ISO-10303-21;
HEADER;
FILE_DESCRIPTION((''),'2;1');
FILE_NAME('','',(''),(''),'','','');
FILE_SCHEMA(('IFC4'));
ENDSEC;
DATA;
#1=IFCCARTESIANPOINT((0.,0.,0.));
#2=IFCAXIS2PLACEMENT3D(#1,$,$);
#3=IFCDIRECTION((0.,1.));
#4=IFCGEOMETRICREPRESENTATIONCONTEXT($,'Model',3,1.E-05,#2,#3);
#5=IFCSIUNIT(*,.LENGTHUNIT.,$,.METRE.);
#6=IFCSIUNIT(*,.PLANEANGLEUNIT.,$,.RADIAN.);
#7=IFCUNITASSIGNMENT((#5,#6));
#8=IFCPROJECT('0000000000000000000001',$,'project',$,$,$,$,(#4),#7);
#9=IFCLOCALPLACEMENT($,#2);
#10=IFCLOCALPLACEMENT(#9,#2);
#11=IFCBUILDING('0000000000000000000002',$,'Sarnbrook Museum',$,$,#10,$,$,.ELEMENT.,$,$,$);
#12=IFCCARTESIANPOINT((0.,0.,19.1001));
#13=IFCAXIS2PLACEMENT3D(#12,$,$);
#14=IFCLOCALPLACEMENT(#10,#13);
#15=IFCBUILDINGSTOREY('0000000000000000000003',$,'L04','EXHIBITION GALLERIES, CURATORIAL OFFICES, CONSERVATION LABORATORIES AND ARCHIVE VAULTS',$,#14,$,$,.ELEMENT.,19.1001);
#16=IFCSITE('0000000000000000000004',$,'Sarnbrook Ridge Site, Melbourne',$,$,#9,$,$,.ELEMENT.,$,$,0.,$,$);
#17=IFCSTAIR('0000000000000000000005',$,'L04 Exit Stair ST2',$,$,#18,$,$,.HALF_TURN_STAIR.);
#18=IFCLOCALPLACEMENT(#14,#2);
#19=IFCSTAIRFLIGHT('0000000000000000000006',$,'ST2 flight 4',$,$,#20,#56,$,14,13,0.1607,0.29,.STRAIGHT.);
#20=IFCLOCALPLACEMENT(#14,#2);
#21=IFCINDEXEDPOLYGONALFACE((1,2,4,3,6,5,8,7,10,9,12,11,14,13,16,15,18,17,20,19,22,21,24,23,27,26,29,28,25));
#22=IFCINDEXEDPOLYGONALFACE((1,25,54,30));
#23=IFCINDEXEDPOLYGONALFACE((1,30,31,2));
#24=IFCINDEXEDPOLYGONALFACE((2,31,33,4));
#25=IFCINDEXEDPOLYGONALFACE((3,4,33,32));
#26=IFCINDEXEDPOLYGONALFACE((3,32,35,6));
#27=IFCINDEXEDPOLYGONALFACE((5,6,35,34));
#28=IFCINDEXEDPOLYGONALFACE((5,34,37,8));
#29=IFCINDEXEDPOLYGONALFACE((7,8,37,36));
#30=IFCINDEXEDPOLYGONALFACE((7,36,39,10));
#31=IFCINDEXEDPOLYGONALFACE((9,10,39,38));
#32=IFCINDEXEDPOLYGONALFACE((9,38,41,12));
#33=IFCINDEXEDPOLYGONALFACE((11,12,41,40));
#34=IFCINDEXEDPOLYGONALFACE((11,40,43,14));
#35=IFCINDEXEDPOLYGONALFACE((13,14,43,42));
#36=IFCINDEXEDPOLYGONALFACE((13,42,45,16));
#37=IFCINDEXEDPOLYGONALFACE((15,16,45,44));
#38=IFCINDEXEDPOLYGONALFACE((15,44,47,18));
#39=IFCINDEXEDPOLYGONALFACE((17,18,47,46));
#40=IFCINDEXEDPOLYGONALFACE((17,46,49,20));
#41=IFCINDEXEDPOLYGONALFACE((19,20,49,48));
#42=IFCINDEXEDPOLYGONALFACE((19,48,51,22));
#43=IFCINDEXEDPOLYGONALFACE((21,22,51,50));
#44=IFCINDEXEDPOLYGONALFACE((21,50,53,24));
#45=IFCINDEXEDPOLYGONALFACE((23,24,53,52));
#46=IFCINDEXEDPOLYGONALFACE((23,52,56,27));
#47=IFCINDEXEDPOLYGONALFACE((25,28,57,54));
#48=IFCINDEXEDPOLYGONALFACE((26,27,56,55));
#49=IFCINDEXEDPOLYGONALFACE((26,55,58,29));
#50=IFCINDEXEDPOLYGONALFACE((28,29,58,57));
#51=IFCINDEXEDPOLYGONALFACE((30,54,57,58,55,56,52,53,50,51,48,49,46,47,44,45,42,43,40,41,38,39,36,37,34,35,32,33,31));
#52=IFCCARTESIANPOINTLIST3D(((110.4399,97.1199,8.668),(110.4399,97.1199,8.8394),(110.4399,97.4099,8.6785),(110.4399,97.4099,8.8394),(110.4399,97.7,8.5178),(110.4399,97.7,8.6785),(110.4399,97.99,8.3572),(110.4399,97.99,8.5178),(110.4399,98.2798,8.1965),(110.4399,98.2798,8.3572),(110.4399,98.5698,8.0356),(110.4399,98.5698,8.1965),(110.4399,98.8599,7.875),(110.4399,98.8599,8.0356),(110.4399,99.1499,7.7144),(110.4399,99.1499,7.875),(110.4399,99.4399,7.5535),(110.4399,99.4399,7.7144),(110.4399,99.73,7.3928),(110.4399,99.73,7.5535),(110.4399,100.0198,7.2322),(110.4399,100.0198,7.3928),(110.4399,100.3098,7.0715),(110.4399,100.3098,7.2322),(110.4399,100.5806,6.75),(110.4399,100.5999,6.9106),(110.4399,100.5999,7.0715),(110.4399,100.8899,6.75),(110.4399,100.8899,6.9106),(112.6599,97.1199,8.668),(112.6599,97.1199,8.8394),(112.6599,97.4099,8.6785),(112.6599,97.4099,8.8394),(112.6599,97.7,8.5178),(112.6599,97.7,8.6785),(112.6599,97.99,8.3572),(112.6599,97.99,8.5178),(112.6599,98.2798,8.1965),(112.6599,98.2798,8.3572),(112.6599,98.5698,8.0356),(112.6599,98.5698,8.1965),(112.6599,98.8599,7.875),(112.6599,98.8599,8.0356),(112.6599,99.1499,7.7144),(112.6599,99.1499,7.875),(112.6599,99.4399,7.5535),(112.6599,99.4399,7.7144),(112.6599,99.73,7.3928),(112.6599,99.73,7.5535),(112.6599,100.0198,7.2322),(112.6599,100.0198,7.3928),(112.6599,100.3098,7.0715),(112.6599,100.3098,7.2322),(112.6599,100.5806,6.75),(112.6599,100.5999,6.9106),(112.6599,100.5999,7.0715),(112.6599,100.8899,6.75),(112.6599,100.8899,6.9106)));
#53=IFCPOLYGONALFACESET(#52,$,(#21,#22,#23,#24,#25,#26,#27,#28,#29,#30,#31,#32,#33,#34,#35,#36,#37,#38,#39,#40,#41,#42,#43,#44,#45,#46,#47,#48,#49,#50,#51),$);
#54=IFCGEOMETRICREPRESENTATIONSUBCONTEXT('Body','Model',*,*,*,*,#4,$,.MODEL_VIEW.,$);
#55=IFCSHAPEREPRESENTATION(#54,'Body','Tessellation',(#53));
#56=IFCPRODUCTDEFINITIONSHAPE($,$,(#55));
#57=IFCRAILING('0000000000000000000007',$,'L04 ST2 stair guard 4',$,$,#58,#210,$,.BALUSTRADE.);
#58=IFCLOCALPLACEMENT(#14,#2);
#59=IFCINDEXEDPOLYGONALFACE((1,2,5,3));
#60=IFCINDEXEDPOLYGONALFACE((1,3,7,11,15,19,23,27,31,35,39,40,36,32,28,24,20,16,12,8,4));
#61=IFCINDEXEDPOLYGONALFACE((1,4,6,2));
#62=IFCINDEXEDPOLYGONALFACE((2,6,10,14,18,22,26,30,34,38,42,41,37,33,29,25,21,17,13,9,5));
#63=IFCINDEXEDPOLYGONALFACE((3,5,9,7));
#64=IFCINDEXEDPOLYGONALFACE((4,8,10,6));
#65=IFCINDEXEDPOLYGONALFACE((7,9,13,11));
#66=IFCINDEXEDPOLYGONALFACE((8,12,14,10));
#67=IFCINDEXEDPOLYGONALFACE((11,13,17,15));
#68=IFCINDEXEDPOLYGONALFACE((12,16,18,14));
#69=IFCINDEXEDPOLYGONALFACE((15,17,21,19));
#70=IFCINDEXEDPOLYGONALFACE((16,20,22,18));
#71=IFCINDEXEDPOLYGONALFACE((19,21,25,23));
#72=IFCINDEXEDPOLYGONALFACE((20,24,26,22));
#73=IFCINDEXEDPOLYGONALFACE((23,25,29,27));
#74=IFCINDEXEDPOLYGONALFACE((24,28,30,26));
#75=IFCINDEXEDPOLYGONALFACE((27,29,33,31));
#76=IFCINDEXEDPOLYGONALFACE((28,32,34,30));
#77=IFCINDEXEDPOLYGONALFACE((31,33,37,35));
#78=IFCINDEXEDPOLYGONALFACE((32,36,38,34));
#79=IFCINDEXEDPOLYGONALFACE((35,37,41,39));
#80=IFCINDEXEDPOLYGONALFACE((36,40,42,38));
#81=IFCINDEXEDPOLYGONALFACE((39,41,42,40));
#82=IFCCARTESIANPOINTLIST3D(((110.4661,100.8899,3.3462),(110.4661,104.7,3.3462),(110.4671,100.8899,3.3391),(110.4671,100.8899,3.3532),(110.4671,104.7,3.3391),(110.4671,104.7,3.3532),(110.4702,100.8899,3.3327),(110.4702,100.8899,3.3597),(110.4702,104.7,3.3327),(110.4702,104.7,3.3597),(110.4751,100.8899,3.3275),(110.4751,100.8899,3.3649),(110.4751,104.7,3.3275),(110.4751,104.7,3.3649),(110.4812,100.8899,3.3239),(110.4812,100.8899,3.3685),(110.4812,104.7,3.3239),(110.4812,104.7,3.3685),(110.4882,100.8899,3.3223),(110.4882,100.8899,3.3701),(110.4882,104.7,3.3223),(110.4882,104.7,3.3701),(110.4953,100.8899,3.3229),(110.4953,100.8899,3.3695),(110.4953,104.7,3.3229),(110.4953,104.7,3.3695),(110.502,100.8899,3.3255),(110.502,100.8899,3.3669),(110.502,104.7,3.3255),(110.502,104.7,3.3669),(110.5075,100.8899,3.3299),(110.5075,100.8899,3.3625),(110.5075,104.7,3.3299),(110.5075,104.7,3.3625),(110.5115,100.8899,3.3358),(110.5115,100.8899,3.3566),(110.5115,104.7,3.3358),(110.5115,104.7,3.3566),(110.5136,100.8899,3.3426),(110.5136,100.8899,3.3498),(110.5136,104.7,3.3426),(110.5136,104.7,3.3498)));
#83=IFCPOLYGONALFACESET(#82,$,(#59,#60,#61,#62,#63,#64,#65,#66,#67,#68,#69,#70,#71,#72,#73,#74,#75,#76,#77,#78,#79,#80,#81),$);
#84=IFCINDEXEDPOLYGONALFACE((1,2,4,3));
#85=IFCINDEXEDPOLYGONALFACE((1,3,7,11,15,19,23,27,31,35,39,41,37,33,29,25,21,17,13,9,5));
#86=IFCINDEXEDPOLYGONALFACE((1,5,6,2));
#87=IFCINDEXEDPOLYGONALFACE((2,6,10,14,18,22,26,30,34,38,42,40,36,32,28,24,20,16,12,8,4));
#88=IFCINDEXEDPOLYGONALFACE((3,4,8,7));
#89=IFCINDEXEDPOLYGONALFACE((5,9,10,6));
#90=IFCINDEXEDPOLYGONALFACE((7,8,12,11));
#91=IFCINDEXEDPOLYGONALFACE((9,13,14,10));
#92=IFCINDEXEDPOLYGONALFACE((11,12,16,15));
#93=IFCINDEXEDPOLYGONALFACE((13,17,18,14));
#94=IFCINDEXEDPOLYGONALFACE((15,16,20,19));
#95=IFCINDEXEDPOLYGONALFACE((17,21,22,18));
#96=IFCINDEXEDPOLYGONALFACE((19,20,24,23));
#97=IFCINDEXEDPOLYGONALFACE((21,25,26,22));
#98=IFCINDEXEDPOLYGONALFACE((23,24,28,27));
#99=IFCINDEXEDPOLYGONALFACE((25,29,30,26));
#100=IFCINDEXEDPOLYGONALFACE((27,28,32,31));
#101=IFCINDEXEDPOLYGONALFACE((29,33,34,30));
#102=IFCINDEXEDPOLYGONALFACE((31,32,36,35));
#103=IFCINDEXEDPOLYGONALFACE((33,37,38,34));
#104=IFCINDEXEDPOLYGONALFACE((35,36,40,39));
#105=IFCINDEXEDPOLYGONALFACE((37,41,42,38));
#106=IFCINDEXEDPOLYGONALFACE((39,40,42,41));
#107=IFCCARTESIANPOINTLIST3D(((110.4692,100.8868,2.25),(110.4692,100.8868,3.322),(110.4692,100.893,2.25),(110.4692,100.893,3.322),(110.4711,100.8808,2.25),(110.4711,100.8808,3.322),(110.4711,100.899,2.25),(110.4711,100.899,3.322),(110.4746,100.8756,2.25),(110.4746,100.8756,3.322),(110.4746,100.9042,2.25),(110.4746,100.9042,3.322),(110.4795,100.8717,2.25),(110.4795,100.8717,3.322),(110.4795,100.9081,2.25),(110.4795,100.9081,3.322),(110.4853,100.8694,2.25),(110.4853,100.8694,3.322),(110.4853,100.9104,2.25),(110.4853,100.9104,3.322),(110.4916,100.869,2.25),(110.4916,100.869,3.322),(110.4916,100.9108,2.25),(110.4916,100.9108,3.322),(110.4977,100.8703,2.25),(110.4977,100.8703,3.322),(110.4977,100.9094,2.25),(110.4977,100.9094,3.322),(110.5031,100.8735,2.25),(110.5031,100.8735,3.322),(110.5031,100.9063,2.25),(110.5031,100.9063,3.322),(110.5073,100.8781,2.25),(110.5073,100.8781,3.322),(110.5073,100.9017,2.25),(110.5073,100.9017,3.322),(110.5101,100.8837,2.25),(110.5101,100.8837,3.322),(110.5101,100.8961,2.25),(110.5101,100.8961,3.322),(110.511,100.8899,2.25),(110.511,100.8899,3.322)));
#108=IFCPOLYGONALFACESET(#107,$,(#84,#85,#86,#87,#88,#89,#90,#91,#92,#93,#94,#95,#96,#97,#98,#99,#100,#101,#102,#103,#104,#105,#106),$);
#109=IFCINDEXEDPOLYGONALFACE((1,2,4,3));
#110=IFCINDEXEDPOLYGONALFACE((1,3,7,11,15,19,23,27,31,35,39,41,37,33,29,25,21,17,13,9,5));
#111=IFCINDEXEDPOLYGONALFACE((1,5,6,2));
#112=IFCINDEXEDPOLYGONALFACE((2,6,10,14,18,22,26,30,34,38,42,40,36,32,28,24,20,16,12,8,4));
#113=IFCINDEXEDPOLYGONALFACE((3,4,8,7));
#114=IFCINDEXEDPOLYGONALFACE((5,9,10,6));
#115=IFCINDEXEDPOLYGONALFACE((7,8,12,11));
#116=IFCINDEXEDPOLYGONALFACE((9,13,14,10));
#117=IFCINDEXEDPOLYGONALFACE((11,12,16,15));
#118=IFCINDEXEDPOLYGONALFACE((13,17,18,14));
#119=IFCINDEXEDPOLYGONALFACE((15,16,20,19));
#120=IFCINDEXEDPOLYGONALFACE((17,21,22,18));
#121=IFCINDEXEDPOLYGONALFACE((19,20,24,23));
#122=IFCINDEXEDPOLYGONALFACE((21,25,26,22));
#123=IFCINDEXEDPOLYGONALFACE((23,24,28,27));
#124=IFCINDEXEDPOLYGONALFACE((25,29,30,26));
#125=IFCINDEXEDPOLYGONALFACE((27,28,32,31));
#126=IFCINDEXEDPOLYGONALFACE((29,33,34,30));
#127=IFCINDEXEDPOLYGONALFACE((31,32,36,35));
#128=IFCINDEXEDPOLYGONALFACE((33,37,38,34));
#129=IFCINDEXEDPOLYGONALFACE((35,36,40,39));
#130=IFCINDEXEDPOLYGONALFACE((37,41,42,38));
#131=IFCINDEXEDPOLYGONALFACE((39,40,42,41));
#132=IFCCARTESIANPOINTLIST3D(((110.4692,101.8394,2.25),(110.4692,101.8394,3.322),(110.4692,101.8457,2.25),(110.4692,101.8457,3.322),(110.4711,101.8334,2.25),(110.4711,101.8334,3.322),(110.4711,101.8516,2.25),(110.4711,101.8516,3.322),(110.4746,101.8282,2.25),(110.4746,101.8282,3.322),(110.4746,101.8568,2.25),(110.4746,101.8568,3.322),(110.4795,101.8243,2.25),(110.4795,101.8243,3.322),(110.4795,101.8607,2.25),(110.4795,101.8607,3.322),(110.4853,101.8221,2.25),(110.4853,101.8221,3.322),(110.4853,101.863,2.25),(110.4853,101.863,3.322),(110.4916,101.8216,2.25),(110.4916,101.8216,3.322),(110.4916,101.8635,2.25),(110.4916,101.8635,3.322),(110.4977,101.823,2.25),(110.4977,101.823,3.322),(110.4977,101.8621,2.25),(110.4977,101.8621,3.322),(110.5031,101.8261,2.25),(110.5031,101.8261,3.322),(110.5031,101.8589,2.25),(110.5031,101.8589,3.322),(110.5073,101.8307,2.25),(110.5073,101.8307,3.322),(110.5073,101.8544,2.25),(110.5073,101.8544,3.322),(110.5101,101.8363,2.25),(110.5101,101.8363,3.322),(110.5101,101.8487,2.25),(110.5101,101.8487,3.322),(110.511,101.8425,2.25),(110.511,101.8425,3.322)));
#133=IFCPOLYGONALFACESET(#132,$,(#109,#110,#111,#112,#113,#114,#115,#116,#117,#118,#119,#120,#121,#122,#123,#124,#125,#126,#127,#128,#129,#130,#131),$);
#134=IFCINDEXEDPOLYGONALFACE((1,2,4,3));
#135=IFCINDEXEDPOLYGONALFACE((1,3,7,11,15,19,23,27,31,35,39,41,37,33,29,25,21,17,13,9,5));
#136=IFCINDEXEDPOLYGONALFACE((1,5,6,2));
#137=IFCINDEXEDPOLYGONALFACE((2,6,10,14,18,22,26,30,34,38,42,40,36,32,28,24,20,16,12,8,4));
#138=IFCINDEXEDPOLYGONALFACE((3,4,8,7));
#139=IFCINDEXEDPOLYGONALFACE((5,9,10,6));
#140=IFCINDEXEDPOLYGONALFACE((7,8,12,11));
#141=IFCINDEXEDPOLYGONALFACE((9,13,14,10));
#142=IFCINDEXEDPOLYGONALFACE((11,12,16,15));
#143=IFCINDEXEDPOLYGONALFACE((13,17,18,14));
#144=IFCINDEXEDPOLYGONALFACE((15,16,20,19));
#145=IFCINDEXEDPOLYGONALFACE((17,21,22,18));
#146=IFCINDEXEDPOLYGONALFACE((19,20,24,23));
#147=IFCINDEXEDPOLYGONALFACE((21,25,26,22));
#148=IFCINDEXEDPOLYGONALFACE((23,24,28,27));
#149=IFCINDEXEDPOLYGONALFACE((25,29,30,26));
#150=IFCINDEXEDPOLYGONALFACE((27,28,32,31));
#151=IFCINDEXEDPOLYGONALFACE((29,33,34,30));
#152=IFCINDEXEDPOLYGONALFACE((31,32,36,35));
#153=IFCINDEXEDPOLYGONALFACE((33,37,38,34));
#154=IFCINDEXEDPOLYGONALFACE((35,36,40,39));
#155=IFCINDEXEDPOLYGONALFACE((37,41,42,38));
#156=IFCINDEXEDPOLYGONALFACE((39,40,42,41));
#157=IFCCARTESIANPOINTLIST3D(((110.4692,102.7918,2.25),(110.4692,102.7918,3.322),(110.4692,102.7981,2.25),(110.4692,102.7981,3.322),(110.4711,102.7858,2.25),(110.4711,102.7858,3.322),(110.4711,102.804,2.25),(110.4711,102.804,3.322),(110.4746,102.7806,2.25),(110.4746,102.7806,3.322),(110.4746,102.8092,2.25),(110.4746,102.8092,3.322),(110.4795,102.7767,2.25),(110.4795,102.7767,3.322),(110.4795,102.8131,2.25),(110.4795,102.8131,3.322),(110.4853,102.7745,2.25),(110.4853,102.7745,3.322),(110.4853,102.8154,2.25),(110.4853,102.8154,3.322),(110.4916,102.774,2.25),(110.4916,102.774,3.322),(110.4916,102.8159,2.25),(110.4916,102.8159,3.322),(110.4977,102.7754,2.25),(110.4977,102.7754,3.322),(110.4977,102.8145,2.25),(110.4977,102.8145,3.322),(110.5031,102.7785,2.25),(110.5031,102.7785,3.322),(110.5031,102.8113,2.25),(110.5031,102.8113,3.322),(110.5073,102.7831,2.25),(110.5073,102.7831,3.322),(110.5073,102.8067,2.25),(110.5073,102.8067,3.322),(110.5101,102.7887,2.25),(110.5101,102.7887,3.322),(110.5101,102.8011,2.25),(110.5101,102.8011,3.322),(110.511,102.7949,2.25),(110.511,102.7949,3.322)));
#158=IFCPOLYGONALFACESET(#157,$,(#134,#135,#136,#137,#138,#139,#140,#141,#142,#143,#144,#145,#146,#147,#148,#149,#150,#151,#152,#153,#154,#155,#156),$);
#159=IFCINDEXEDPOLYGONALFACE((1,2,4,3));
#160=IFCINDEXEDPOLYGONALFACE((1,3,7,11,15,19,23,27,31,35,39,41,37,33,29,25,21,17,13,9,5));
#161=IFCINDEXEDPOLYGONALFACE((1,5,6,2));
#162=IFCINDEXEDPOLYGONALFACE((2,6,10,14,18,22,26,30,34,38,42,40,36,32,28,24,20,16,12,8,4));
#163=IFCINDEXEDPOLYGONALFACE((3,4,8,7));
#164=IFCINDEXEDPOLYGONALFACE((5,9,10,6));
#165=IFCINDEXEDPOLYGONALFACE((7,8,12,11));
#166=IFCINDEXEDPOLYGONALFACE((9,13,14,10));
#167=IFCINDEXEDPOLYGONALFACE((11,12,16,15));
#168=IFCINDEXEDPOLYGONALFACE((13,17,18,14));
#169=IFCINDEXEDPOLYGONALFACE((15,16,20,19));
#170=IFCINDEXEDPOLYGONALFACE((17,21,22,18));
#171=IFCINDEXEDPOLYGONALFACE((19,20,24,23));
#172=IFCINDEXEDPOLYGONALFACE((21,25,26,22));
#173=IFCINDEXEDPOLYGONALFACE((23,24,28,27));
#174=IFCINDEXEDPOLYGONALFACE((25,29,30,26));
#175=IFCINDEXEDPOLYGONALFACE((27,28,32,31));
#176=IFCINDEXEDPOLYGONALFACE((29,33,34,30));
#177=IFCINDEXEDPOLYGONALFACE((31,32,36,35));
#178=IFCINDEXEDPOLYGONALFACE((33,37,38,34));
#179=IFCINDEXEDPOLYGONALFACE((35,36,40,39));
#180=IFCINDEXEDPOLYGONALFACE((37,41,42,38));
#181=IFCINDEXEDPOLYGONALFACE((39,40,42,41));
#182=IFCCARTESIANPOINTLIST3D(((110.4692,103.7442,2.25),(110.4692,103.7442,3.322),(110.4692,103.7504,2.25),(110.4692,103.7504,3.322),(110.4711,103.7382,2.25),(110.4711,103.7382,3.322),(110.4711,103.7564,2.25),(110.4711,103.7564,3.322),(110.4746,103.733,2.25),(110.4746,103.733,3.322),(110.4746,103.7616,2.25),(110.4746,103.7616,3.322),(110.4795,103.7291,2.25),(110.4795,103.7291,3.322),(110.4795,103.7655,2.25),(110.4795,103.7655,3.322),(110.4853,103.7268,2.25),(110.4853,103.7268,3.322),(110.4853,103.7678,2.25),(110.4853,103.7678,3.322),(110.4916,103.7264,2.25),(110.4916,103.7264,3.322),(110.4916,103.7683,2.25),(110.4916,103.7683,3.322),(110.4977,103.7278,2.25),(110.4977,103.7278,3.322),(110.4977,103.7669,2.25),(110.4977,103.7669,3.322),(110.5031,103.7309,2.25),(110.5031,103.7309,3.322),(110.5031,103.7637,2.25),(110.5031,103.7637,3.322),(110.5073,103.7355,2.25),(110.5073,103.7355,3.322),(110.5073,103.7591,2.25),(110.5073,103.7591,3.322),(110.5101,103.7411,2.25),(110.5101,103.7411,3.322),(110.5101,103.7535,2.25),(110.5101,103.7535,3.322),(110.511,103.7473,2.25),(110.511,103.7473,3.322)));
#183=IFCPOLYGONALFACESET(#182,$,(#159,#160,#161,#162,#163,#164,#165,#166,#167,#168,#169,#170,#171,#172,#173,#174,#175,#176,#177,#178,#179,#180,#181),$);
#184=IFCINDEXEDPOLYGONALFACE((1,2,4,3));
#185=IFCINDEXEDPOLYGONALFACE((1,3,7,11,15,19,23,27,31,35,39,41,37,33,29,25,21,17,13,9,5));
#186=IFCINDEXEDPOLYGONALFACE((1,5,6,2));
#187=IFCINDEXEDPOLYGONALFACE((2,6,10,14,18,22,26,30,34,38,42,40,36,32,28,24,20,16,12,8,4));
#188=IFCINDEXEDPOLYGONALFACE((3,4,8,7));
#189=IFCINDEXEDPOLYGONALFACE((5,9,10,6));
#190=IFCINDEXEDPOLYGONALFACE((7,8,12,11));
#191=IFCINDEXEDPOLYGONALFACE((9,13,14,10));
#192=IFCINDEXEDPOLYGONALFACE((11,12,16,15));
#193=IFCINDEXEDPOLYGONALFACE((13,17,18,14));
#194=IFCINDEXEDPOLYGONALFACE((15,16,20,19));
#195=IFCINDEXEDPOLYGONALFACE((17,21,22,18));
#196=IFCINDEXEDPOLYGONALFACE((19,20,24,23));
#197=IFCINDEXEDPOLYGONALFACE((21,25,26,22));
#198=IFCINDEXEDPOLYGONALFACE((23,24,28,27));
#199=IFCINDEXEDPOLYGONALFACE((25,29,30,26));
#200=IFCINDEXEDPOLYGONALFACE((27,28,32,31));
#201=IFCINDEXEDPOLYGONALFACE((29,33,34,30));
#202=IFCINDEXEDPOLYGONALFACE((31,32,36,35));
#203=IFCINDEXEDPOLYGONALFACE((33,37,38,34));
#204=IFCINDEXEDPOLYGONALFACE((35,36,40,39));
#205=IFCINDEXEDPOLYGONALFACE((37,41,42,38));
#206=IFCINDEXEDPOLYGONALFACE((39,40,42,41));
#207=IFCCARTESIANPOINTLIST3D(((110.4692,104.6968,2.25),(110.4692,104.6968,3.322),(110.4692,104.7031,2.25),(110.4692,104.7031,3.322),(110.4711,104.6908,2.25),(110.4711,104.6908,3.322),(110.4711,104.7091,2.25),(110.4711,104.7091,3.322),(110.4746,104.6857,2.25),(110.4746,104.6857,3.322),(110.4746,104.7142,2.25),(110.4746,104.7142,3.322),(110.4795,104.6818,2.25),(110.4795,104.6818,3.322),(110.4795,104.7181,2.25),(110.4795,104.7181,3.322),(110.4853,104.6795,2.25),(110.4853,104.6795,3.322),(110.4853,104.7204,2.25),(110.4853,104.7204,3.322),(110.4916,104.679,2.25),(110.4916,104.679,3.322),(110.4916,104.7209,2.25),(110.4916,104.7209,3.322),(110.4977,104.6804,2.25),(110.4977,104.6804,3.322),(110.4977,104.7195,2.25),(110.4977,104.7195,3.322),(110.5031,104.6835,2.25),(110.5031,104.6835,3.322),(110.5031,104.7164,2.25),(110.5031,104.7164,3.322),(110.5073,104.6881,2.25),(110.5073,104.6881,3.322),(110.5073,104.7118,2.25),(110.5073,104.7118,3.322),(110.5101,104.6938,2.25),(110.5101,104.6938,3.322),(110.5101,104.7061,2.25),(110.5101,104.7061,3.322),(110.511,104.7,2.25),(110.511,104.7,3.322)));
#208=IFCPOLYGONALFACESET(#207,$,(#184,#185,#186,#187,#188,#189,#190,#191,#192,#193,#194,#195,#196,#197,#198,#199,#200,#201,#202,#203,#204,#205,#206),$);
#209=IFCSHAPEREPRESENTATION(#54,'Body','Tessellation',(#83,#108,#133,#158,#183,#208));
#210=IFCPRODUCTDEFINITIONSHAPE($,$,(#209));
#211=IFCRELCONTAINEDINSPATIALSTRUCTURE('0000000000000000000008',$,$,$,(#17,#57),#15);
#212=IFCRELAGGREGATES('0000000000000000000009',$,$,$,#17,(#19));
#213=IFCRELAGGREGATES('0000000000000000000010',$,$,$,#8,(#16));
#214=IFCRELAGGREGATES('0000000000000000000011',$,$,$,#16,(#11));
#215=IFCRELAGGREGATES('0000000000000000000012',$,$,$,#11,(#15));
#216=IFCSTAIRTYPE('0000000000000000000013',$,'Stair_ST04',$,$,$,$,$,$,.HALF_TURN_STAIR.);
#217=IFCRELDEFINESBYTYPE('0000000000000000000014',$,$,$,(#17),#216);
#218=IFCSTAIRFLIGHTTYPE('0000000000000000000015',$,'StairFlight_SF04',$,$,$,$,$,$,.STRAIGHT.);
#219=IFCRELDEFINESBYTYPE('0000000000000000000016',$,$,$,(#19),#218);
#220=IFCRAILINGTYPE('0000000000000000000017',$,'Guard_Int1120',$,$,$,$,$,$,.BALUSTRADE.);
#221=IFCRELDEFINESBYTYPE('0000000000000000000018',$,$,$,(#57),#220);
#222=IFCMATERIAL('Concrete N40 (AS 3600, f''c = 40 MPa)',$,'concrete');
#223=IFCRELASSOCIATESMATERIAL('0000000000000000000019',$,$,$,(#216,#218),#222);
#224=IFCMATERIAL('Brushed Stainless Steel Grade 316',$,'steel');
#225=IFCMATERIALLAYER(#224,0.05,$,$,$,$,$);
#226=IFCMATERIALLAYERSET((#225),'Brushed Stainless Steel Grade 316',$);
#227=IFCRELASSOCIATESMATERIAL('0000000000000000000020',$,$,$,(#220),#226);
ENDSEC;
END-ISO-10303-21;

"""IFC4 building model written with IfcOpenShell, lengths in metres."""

from ifc_helpers import new_model, si_unit, direction, frame, origin, origin_2d, place, context, subcontext, project, spatial, polyline, circle, outline, extrude, material, layer, layer_set, type_object, element, aggregate, save


model = new_model("IFC4")

# Units and contexts
model_context = context("Model", 3, precision=1e-05, world=origin(), true_north=direction((0.0, 1.0)))
body_context = subcontext(model_context, "Body", "Model", "MODEL_VIEW")
ifc_project = project(units=[si_unit("LENGTHUNIT", "METRE"), si_unit("PLANEANGLEUNIT", "RADIAN")], contexts=[model_context])

# Site, building, storey
site_placement = place(None, origin())
site = spatial("IfcSite", under=ifc_project, at=site_placement, Name="Sarnbrook Ridge Site, Melbourne", CompositionType="ELEMENT", RefElevation=0.0)
building_placement = place(site_placement, origin())
building = spatial("IfcBuilding", under=site, at=building_placement, Name="Sarnbrook Museum", CompositionType="ELEMENT")
storey_placement = place(building_placement, frame((0.0, 0.0, 19.1001)))
storey = spatial("IfcBuildingStorey", under=building, at=storey_placement, Name="L04", Description="EXHIBITION GALLERIES, CURATORIAL OFFICES, CONSERVATION LABORATORIES AND ARCHIVE VAULTS", CompositionType="ELEMENT", Elevation=19.1001)

# Stair, stair flight
ifc_material_1 = material(Name="Concrete N40 (AS 3600, f'c = 40 MPa)", Category="concrete")
stair_type = type_object("IfcStairType", Name="Stair_ST04", PredefinedType="HALF_TURN_STAIR", material=ifc_material_1)
stair_placement = place(storey_placement, origin())
stair = element("IfcStair", 1, at=stair_placement, inside=storey, type_object=stair_type, Name="L04 Exit Stair ST2", PredefinedType="HALF_TURN_STAIR")
stair_flight_type = type_object("IfcStairFlightType", Name="StairFlight_SF04", PredefinedType="STRAIGHT", material=ifc_material_1)
stair_flight_1_placement = place(storey_placement, frame((111.55, 100.8899, 6.75), z_axis=(0.0, 0.0, 1.0), x_axis=(0.0, -1.0, 0.0)))
stair_flight_1 = element("IfcStairFlight", 2, at=stair_flight_1_placement, type_object=stair_flight_type, Name="ST2 flight 4", NumberOfRisers=14, NumberOfTreads=13, PredefinedType="STRAIGHT", RiserHeight=0.1607, TreadLength=0.29, context=body_context, shape_type="SweptSolid", body=[
    extrude(outline(polyline([(0.0, 0.0), (0.0, 0.1606), (0.29, 0.1606), (0.29, 0.3215), (0.5801, 0.3215), (0.5801, 0.4822), (0.8701, 0.4822), (0.8701, 0.6428), (1.1599, 0.6428), (1.1599, 0.8035), (1.45, 0.8035), (1.45, 0.9644), (1.74, 0.9644), (1.74, 1.125), (2.03, 1.125), (2.03, 1.2856), (2.3201, 1.2856), (2.3201, 1.4465), (2.6101, 1.4465), (2.6101, 1.6072), (2.8999, 1.6072), (2.8999, 1.7678), (3.1899, 1.7678), (3.1899, 1.9285), (3.48, 1.9285), (3.48, 2.0894), (3.77, 2.0894), (3.77, 2.25), (3.77, 1.918), (0.3093, 0.0), (0.0, 0.0)])), frame((0.0, 1.1099, 0.0), z_axis=(0.0, -1.0, 0.0), x_axis=(1.0, 0.0, 0.0)), (0.0, 0.0, 1.0), 2.22),
])
aggregate(stair, [stair_flight_1])

# Railing
ifc_material_2 = material(Name="Brushed Stainless Steel Grade 316", Category="steel")
ifc_layer_1 = layer(ifc_material_2, 0.05)
ifc_layer_set_1 = layer_set([ifc_layer_1], Name="Brushed Stainless Steel Grade 316")
railing_type_1 = type_object("IfcRailingType", Name="Guard_Int1120", PredefinedType="BALUSTRADE", material=ifc_layer_set_1)
railing_1_placement = place(storey_placement, frame((110.49, 100.8899, 2.25)))
element("IfcRailing", 3, at=railing_1_placement, inside=storey, type_object=railing_type_1, Name="L04 ST2 stair guard 4", PredefinedType="BALUSTRADE", context=body_context, shape_type="SweptSolid", body=[
    extrude(circle(Radius=0.0239, at=origin_2d()), frame((0.0, 0.0, 1.0962), z_axis=(0.0, 1.0, 0.0), x_axis=(-1.0, 0.0, 0.0)), (0.0, 0.0, 1.0), 3.8101),
    extrude(circle(Radius=0.021, at=origin_2d()), origin(), (0.0, 0.0, 1.0), 1.072),
    extrude(circle(Radius=0.021, at=origin_2d()), frame((0.0, 0.9526, 0.0)), (0.0, 0.0, 1.0), 1.072),
    extrude(circle(Radius=0.021, at=origin_2d()), frame((0.0, 1.905, 0.0)), (0.0, 0.0, 1.0), 1.072),
    extrude(circle(Radius=0.021, at=origin_2d()), frame((0.0, 2.8574, 0.0)), (0.0, 0.0, 1.0), 1.072),
    extrude(circle(Radius=0.021, at=origin_2d()), frame((0.0, 3.8101, 0.0)), (0.0, 0.0, 1.0), 1.072),
])

save(model, "model.ifc")
